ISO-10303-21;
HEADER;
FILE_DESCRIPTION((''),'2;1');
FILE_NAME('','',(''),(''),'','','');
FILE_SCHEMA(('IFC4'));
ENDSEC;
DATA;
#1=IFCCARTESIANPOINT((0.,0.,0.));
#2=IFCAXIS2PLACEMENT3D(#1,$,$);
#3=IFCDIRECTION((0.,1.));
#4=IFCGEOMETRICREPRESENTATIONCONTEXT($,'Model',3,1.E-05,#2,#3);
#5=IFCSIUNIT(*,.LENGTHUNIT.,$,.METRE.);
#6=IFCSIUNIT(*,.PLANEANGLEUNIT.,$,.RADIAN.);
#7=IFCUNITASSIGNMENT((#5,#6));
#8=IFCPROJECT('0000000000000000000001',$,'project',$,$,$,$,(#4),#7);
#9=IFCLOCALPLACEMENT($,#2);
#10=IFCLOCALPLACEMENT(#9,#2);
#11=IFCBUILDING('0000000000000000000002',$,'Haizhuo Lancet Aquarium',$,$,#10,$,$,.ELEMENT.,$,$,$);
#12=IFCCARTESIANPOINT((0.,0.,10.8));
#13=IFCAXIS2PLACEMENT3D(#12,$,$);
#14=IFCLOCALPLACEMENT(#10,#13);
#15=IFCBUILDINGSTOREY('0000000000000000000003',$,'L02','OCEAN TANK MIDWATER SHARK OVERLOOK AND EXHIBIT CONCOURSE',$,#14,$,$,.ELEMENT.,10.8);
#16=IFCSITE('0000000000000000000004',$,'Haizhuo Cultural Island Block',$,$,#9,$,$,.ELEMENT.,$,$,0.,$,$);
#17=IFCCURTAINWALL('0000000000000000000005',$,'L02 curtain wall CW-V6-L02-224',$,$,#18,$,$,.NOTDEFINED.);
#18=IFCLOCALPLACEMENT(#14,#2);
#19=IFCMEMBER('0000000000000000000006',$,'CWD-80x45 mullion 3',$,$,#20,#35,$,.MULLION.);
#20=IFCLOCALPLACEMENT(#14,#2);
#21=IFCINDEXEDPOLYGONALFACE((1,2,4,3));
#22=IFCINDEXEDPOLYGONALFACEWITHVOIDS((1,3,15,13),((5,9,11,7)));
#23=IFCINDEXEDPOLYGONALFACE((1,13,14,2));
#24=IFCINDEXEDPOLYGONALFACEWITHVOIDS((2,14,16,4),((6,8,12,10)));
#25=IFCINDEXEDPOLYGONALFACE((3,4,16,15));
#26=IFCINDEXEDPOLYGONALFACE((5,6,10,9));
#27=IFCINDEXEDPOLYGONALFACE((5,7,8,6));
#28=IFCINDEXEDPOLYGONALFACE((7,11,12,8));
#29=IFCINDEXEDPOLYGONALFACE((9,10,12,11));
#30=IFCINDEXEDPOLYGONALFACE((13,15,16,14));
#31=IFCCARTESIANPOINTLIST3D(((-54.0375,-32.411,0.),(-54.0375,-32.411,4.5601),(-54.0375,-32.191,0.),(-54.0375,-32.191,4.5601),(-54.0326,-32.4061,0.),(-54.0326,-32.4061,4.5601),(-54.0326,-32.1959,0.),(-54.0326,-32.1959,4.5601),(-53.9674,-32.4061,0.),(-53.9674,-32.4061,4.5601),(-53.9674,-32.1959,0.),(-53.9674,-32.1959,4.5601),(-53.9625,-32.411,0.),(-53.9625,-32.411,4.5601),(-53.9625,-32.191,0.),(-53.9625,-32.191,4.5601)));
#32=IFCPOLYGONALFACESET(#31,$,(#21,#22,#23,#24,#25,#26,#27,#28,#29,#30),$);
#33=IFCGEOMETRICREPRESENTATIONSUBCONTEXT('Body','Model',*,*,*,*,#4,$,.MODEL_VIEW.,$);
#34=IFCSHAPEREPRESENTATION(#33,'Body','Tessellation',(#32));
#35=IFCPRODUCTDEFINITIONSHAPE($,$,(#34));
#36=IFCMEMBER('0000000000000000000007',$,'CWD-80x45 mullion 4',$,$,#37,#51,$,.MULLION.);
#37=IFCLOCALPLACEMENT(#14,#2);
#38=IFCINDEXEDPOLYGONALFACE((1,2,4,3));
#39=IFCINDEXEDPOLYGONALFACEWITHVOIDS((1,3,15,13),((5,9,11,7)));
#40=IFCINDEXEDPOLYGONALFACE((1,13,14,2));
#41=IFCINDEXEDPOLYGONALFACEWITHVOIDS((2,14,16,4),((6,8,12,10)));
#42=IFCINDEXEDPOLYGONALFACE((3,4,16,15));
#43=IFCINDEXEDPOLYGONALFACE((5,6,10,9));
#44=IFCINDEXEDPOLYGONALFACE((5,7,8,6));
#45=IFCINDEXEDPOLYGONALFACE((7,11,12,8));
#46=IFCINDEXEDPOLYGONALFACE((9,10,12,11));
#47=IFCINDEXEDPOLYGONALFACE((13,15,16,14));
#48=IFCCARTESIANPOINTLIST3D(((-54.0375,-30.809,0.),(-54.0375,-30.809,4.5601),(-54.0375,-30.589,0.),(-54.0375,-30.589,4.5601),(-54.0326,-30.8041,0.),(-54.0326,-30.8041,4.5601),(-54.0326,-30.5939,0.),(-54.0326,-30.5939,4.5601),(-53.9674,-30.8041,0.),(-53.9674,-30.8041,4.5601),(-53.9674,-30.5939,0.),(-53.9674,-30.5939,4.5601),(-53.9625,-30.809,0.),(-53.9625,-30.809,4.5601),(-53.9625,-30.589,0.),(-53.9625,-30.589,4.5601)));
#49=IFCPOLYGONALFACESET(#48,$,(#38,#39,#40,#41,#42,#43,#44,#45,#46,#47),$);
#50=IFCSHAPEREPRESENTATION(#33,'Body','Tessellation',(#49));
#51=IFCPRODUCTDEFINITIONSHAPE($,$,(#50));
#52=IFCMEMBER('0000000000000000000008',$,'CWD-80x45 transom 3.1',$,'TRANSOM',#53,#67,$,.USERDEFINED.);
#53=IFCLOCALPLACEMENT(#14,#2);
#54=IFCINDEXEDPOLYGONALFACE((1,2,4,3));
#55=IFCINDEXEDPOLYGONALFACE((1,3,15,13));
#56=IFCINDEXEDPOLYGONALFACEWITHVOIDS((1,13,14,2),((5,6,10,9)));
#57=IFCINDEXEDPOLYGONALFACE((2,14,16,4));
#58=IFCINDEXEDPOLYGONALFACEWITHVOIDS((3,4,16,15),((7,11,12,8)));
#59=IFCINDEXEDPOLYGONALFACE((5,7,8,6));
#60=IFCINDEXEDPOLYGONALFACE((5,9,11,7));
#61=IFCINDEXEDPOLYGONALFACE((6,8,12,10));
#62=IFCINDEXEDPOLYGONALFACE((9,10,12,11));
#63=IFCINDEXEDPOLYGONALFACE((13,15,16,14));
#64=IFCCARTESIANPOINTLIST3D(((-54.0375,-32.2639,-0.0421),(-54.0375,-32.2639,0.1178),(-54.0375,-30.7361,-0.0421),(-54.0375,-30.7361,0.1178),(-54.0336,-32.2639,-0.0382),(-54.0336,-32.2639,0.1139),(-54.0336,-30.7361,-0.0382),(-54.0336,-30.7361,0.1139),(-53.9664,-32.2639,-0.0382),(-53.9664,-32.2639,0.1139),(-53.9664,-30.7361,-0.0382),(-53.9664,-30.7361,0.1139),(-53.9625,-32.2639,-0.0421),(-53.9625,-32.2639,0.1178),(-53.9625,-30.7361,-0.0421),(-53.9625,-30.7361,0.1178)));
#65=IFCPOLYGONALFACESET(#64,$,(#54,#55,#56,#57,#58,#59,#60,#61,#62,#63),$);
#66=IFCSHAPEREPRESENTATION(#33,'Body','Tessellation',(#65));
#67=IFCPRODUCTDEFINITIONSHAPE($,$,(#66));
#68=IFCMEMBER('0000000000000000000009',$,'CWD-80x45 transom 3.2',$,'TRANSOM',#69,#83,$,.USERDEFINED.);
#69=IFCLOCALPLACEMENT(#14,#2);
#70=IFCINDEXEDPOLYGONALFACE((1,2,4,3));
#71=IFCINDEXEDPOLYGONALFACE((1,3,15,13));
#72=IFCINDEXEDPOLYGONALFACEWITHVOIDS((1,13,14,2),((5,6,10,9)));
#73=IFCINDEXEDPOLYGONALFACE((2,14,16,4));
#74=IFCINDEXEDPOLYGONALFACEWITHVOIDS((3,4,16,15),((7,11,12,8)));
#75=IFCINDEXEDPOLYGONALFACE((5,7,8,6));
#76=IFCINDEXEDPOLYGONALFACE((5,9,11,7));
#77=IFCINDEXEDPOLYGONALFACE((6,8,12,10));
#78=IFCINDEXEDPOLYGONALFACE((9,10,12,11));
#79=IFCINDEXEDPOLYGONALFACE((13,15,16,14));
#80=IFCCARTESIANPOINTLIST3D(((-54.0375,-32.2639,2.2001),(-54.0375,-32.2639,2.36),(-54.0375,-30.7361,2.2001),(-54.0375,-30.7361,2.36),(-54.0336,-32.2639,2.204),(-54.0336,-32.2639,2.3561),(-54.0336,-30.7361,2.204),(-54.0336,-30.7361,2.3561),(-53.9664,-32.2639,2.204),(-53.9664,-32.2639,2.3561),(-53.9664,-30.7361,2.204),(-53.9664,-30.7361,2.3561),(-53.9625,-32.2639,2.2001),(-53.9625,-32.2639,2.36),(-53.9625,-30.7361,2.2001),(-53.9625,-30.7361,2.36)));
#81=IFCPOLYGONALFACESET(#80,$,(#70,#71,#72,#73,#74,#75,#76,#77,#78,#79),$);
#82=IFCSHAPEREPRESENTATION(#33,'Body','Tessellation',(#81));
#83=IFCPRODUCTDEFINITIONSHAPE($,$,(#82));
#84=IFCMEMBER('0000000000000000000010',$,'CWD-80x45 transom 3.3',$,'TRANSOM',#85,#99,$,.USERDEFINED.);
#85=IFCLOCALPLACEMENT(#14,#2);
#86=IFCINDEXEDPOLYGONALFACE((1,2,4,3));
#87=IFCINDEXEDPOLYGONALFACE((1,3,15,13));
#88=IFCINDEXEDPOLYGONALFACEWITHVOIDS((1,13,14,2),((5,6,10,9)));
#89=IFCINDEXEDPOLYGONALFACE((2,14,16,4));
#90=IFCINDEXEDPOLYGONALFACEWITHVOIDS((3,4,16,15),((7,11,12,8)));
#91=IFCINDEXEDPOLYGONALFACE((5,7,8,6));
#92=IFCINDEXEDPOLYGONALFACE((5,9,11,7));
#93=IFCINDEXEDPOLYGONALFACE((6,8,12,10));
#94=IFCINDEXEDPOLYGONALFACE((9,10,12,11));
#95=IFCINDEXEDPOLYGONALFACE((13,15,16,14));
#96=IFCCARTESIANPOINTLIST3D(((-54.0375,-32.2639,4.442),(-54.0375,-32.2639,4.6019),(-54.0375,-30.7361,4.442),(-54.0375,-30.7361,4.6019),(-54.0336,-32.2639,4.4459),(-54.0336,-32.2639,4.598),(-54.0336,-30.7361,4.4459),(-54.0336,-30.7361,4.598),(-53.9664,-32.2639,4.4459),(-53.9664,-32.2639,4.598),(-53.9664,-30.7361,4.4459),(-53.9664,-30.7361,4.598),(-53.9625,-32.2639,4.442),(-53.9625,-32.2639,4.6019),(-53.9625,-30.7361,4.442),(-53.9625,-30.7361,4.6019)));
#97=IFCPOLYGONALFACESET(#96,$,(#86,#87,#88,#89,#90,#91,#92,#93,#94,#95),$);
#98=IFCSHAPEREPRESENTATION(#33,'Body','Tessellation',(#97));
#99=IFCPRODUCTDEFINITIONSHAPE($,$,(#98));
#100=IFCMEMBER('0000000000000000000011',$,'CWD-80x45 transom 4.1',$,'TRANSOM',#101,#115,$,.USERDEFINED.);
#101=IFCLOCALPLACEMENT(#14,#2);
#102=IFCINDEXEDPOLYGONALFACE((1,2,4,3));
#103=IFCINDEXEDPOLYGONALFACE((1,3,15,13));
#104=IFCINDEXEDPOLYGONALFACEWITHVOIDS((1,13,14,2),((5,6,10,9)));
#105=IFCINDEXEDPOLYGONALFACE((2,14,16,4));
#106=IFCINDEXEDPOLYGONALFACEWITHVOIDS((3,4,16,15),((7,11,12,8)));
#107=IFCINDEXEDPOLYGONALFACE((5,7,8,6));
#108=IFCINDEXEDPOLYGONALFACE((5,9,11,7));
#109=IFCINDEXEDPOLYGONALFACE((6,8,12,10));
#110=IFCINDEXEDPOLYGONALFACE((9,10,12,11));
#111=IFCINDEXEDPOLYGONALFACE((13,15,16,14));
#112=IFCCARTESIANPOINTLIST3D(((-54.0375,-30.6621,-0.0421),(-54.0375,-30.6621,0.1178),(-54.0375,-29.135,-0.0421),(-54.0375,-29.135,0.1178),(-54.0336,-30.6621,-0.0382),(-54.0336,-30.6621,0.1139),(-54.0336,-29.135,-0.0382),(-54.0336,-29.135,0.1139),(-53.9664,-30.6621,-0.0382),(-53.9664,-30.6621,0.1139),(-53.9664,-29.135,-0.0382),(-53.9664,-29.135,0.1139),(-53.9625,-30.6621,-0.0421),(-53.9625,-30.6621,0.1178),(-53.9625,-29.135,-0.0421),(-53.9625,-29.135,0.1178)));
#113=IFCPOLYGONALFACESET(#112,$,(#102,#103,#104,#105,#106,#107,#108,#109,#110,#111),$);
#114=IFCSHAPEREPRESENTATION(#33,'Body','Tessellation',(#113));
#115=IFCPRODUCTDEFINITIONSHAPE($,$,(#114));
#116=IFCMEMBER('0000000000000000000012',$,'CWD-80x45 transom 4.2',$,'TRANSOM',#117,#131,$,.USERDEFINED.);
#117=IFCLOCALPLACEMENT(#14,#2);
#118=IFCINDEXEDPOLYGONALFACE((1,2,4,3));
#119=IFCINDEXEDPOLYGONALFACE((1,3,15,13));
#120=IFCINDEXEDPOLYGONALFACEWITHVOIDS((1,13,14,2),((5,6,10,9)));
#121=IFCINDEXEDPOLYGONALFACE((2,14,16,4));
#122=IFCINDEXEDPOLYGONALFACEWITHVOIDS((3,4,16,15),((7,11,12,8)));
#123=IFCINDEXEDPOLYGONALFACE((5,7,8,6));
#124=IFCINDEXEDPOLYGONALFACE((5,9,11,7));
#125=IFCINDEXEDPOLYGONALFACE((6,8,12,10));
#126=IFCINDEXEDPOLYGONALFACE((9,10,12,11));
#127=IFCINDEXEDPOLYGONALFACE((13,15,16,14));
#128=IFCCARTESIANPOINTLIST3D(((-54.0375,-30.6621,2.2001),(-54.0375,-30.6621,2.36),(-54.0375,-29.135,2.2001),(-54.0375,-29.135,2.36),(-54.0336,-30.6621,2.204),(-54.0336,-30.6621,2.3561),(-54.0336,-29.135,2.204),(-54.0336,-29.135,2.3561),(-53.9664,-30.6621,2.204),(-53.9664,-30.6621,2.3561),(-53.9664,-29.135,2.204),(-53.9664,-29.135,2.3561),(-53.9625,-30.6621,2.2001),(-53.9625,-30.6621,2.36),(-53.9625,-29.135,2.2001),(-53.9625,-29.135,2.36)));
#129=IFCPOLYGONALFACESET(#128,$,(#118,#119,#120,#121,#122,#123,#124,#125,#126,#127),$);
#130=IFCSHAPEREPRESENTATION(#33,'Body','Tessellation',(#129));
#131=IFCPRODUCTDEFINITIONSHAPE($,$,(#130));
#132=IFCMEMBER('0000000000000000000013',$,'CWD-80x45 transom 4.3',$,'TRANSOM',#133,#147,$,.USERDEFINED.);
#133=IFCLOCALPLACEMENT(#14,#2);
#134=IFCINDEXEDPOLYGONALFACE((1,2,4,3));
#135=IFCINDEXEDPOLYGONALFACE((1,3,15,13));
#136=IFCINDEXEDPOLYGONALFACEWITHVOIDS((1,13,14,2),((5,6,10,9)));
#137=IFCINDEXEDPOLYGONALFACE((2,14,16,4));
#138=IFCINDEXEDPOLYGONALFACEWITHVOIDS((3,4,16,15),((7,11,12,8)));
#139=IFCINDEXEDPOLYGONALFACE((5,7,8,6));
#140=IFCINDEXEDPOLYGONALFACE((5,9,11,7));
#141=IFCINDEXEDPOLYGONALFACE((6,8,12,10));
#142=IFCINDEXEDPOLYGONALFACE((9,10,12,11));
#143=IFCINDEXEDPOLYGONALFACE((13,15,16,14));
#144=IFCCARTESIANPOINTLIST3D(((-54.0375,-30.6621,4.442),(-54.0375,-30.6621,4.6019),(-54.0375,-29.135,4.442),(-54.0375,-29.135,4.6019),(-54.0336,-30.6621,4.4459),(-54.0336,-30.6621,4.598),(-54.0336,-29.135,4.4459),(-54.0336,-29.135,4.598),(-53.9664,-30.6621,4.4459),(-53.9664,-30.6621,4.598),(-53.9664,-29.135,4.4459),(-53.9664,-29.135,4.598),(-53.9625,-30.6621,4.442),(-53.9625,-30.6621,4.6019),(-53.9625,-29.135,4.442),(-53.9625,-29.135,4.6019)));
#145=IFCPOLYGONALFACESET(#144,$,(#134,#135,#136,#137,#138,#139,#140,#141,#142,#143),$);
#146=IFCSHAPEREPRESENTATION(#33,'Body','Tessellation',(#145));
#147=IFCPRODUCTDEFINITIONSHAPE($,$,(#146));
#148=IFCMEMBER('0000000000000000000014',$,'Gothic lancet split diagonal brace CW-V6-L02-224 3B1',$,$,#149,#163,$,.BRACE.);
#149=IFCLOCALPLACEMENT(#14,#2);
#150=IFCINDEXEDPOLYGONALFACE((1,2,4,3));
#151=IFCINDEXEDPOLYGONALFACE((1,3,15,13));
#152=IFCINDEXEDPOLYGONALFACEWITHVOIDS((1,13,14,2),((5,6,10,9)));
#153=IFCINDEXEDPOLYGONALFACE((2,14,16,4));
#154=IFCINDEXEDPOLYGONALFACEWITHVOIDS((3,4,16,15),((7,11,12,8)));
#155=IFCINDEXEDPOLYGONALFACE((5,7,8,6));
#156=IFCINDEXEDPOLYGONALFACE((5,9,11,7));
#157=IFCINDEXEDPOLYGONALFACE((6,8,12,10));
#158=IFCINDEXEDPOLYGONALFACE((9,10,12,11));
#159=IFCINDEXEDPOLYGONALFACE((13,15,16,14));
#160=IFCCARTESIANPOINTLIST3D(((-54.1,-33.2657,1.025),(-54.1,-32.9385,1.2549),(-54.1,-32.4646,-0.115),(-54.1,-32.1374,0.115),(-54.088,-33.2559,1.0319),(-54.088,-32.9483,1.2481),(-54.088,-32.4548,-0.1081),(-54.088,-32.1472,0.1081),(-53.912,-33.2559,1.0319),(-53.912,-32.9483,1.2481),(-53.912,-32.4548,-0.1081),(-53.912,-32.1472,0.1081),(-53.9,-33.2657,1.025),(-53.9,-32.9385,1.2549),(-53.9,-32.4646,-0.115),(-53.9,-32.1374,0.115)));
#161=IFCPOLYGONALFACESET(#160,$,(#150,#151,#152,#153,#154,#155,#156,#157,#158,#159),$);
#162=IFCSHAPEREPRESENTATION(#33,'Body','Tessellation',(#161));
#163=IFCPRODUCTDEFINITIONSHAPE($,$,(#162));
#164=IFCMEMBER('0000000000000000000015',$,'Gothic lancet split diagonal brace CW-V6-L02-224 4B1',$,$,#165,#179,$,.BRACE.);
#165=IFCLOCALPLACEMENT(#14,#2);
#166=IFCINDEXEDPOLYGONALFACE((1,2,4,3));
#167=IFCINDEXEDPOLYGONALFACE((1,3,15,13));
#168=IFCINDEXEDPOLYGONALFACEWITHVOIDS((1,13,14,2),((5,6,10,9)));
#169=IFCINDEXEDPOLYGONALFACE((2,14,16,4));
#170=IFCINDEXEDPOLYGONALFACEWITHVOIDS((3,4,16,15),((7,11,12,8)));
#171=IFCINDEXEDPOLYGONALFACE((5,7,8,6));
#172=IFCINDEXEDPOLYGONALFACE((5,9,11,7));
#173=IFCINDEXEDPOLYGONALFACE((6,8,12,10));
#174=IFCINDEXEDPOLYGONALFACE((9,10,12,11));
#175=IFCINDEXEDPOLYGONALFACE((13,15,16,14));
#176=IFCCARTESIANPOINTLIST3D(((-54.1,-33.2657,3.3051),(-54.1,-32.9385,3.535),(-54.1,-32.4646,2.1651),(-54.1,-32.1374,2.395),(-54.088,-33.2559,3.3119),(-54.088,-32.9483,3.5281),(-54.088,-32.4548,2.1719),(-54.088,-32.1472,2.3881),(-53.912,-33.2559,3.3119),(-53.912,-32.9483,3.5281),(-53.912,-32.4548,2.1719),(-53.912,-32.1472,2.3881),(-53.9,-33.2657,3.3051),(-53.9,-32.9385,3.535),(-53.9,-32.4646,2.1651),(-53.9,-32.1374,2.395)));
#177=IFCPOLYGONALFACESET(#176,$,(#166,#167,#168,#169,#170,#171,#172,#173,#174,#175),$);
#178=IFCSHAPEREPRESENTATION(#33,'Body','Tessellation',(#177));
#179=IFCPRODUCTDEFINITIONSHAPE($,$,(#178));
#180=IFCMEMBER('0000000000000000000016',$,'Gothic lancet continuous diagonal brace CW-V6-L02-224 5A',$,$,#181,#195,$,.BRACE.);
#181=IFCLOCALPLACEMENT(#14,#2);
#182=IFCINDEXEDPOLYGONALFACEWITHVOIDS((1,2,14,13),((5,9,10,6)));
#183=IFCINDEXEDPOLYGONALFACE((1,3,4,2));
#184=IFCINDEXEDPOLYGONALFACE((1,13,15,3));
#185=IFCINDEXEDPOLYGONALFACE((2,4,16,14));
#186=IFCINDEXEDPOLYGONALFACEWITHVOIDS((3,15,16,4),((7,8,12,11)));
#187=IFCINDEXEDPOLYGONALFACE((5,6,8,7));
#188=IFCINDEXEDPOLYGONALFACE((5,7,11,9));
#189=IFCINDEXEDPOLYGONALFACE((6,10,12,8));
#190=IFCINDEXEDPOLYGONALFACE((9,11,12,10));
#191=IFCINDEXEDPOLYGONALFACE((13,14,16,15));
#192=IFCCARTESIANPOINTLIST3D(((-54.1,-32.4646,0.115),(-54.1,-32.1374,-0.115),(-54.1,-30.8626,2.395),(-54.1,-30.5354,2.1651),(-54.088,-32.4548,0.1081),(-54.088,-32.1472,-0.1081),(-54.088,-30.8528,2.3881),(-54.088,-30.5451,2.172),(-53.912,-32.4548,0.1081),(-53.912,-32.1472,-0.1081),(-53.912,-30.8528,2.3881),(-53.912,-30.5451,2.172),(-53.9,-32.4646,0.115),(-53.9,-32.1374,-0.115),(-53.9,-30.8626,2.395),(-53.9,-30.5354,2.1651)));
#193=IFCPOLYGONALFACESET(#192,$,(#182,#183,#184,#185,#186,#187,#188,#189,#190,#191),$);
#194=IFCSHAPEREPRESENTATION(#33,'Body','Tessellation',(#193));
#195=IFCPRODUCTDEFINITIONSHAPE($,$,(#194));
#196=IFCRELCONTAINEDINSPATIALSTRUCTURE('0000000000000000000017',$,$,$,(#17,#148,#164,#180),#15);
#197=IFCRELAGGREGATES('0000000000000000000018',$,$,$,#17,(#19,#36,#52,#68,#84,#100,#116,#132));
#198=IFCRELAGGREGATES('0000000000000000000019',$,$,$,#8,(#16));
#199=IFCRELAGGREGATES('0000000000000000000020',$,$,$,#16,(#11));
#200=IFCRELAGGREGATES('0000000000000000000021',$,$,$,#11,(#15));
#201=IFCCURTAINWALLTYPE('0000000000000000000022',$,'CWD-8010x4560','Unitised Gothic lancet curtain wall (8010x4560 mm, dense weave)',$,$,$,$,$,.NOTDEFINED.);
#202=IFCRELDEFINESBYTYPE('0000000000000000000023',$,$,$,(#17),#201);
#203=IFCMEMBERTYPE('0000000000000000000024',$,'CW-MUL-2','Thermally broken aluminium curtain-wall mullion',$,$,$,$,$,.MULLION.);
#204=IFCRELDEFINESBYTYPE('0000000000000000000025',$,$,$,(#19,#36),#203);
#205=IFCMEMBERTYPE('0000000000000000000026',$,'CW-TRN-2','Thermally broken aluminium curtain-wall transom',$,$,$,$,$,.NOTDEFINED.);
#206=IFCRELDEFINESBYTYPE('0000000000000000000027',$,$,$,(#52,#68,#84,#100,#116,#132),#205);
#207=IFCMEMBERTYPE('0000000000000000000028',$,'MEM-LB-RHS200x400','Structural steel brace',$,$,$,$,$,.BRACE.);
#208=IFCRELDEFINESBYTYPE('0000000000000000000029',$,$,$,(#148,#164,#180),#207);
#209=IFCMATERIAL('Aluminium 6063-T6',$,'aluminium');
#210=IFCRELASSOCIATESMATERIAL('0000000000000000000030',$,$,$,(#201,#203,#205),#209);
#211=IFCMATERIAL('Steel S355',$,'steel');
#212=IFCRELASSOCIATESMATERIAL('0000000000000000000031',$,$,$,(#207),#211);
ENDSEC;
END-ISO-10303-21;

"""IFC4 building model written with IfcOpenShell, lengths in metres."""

from ifc_helpers import new_model, si_unit, direction, frame, origin, origin_2d, place, context, subcontext, project, spatial, hollow_rectangle, extrude, material, material_profile, profile_set, type_object, element, aggregate, save


model = new_model("IFC4")

# Units and contexts
model_context = context("Model", 3, precision=1e-05, world=origin(), true_north=direction((0.0, 1.0)))
body_context = subcontext(model_context, "Body", "Model", "MODEL_VIEW")
ifc_project = project(units=[si_unit("LENGTHUNIT", "METRE"), si_unit("PLANEANGLEUNIT", "RADIAN")], contexts=[model_context])

# Site, building, storey
site_placement = place(None, origin())
site = spatial("IfcSite", under=ifc_project, at=site_placement, Name="Haizhuo Cultural Island Block", CompositionType="ELEMENT", RefElevation=0.0)
building_placement = place(site_placement, origin())
building = spatial("IfcBuilding", under=site, at=building_placement, Name="Haizhuo Lancet Aquarium", CompositionType="ELEMENT")
storey_placement = place(building_placement, frame((0.0, 0.0, 10.8)))
storey = spatial("IfcBuildingStorey", under=building, at=storey_placement, Name="L02", Description="OCEAN TANK MIDWATER SHARK OVERLOOK AND EXHIBIT CONCOURSE", CompositionType="ELEMENT", Elevation=10.8)

# Curtain wall, members
ifc_material_1 = material(Name="Aluminium 6063-T6", Category="aluminium")
curtain_wall_type = type_object("IfcCurtainWallType", Name="CWD-8010x4560", Description="Unitised Gothic lancet curtain wall (8010x4560 mm, dense weave)", PredefinedType="NOTDEFINED", material=ifc_material_1)
curtain_wall_placement = place(storey_placement, origin())
curtain_wall = element("IfcCurtainWall", 1, at=curtain_wall_placement, inside=storey, type_object=curtain_wall_type, Name="L02 curtain wall CW-V6-L02-224", PredefinedType="NOTDEFINED")
ifc_material_profile_1 = material_profile(ifc_material_1, hollow_rectangle(XDim=0.075, YDim=0.22, WallThickness=0.0049, at=origin_2d()), Name="ALU-M 75x220x5")
ifc_profile_set_1 = profile_set([ifc_material_profile_1], Name="Aluminium 6063-T6")
member_type_1 = type_object("IfcMemberType", Name="CW-MUL-2", Description="Thermally broken aluminium curtain-wall mullion", PredefinedType="MULLION", material=ifc_profile_set_1)
member_1_placement = place(storey_placement, frame((-54.0, -32.301, 0.0), z_axis=(0.0, 0.0, 1.0), x_axis=(-1.0, 0.0, 0.0)))
member_1 = element("IfcMember", 2, at=member_1_placement, type_object=member_type_1, Name="CWD-80x45 mullion 3", PredefinedType="MULLION", context=body_context, shape_type="SweptSolid", body=[
    extrude(hollow_rectangle(XDim=0.075, YDim=0.22, WallThickness=0.0049, at=origin_2d()), origin(), (0.0, 0.0, 1.0), 4.5601),
])
member_2_placement = place(storey_placement, frame((-54.0, -30.699, 0.0), z_axis=(0.0, 0.0, 1.0), x_axis=(-1.0, 0.0, 0.0)))
member_2 = element("IfcMember", 3, at=member_2_placement, type_object=member_type_1, Name="CWD-80x45 mullion 4", PredefinedType="MULLION", context=body_context, shape_type="SweptSolid", body=[
    extrude(hollow_rectangle(XDim=0.075, YDim=0.22, WallThickness=0.0049, at=origin_2d()), origin(), (0.0, 0.0, 1.0), 4.5601),
])
ifc_material_profile_2 = material_profile(ifc_material_1, hollow_rectangle(XDim=0.075, YDim=0.1599, WallThickness=0.0039, at=origin_2d()), Name="ALU-T 75x160x4")
ifc_profile_set_2 = profile_set([ifc_material_profile_2], Name="Aluminium 6063-T6")
member_type_2 = type_object("IfcMemberType", Name="CW-TRN-2", Description="Thermally broken aluminium curtain-wall transom", PredefinedType="NOTDEFINED", material=ifc_profile_set_2)
member_3_placement = place(storey_placement, frame((-54.0, -32.2639, 0.0378), z_axis=(0.0, 1.0, 0.0), x_axis=(-1.0, 0.0, 0.0)))
member_3 = element("IfcMember", 4, at=member_3_placement, type_object=member_type_2, Name="CWD-80x45 transom 3.1", ObjectType="TRANSOM", PredefinedType="USERDEFINED", context=body_context, shape_type="SweptSolid", body=[
    extrude(hollow_rectangle(XDim=0.075, YDim=0.1599, WallThickness=0.0039, at=origin_2d()), origin(), (0.0, 0.0, 1.0), 1.5278),
])
member_4_placement = place(storey_placement, frame((-54.0, -32.2639, 2.28), z_axis=(0.0, 1.0, 0.0), x_axis=(-1.0, 0.0, 0.0)))
member_4 = element("IfcMember", 5, at=member_4_placement, type_object=member_type_2, Name="CWD-80x45 transom 3.2", ObjectType="TRANSOM", PredefinedType="USERDEFINED", context=body_context, shape_type="SweptSolid", body=[
    extrude(hollow_rectangle(XDim=0.075, YDim=0.1599, WallThickness=0.0039, at=origin_2d()), origin(), (0.0, 0.0, 1.0), 1.5278),
])
member_5_placement = place(storey_placement, frame((-54.0, -32.2639, 4.522), z_axis=(0.0, 1.0, 0.0), x_axis=(-1.0, 0.0, 0.0)))
member_5 = element("IfcMember", 6, at=member_5_placement, type_object=member_type_2, Name="CWD-80x45 transom 3.3", ObjectType="TRANSOM", PredefinedType="USERDEFINED", context=body_context, shape_type="SweptSolid", body=[
    extrude(hollow_rectangle(XDim=0.075, YDim=0.1599, WallThickness=0.0039, at=origin_2d()), origin(), (0.0, 0.0, 1.0), 1.5278),
])
member_6_placement = place(storey_placement, frame((-54.0, -30.6621, 0.0378), z_axis=(0.0, 1.0, 0.0), x_axis=(-1.0, 0.0, 0.0)))
member_6 = element("IfcMember", 7, at=member_6_placement, type_object=member_type_2, Name="CWD-80x45 transom 4.1", ObjectType="TRANSOM", PredefinedType="USERDEFINED", context=body_context, shape_type="SweptSolid", body=[
    extrude(hollow_rectangle(XDim=0.075, YDim=0.1599, WallThickness=0.0039, at=origin_2d()), origin(), (0.0, 0.0, 1.0), 1.5271),
])
member_7_placement = place(storey_placement, frame((-54.0, -30.6621, 2.28), z_axis=(0.0, 1.0, 0.0), x_axis=(-1.0, 0.0, 0.0)))
member_7 = element("IfcMember", 8, at=member_7_placement, type_object=member_type_2, Name="CWD-80x45 transom 4.2", ObjectType="TRANSOM", PredefinedType="USERDEFINED", context=body_context, shape_type="SweptSolid", body=[
    extrude(hollow_rectangle(XDim=0.075, YDim=0.1599, WallThickness=0.0039, at=origin_2d()), origin(), (0.0, 0.0, 1.0), 1.5271),
])
member_8_placement = place(storey_placement, frame((-54.0, -30.6621, 4.522), z_axis=(0.0, 1.0, 0.0), x_axis=(-1.0, 0.0, 0.0)))
member_8 = element("IfcMember", 9, at=member_8_placement, type_object=member_type_2, Name="CWD-80x45 transom 4.3", ObjectType="TRANSOM", PredefinedType="USERDEFINED", context=body_context, shape_type="SweptSolid", body=[
    extrude(hollow_rectangle(XDim=0.075, YDim=0.1599, WallThickness=0.0039, at=origin_2d()), origin(), (0.0, 0.0, 1.0), 1.5271),
])

# Members
ifc_material_2 = material(Name="Steel S355", Category="steel")
ifc_material_profile_3 = material_profile(ifc_material_2, hollow_rectangle(XDim=0.2, YDim=0.3999, WallThickness=0.012, at=origin_2d()), Name="RHS 200x400x12")
ifc_profile_set_3 = profile_set([ifc_material_profile_3], Name="Steel S355")
member_type_3 = type_object("IfcMemberType", Name="MEM-LB-RHS200x400", Description="Structural steel brace", PredefinedType="BRACE", material=ifc_profile_set_3)
for number, where, z_axis, x_axis, name in (
    (10, (-54.0, -32.301, 0.0), (0.0, -0.574955, 0.818185), (1.0, 0.0, 0.0), "Gothic lancet split diagonal brace CW-V6-L02-224 3B1"),
    (11, (-54.0, -32.301, 2.28), (0.0, -0.574955, 0.818185), (1.0, 0.0, 0.0), "Gothic lancet split diagonal brace CW-V6-L02-224 4B1"),
):
    element("IfcMember", number, at=place(storey_placement, frame(where, z_axis=z_axis, x_axis=x_axis)), inside=storey, type_object=member_type_3, Name=name, PredefinedType="BRACE", context=body_context, shape_type="SweptSolid", body=[
        extrude(hollow_rectangle(XDim=0.2, YDim=0.3999, WallThickness=0.012, at=origin_2d()), origin(), (0.0, 0.0, 1.0), 1.3933),
    ])
member_9_placement = place(storey_placement, frame((-54.0, -32.301, 0.0), z_axis=(0.0, 0.574914, 0.818214), x_axis=(-1.0, 0.0, 0.0)))
element("IfcMember", 12, at=member_9_placement, inside=storey, type_object=member_type_3, Name="Gothic lancet continuous diagonal brace CW-V6-L02-224 5A", PredefinedType="BRACE", context=body_context, shape_type="SweptSolid", body=[
    extrude(hollow_rectangle(XDim=0.2, YDim=0.3999, WallThickness=0.012, at=origin_2d()), origin(), (0.0, 0.0, 1.0), 2.7866),
])

aggregate(curtain_wall, [member_1, member_2, member_3, member_4, member_5, member_6, member_7, member_8])

save(model, "model.ifc")
